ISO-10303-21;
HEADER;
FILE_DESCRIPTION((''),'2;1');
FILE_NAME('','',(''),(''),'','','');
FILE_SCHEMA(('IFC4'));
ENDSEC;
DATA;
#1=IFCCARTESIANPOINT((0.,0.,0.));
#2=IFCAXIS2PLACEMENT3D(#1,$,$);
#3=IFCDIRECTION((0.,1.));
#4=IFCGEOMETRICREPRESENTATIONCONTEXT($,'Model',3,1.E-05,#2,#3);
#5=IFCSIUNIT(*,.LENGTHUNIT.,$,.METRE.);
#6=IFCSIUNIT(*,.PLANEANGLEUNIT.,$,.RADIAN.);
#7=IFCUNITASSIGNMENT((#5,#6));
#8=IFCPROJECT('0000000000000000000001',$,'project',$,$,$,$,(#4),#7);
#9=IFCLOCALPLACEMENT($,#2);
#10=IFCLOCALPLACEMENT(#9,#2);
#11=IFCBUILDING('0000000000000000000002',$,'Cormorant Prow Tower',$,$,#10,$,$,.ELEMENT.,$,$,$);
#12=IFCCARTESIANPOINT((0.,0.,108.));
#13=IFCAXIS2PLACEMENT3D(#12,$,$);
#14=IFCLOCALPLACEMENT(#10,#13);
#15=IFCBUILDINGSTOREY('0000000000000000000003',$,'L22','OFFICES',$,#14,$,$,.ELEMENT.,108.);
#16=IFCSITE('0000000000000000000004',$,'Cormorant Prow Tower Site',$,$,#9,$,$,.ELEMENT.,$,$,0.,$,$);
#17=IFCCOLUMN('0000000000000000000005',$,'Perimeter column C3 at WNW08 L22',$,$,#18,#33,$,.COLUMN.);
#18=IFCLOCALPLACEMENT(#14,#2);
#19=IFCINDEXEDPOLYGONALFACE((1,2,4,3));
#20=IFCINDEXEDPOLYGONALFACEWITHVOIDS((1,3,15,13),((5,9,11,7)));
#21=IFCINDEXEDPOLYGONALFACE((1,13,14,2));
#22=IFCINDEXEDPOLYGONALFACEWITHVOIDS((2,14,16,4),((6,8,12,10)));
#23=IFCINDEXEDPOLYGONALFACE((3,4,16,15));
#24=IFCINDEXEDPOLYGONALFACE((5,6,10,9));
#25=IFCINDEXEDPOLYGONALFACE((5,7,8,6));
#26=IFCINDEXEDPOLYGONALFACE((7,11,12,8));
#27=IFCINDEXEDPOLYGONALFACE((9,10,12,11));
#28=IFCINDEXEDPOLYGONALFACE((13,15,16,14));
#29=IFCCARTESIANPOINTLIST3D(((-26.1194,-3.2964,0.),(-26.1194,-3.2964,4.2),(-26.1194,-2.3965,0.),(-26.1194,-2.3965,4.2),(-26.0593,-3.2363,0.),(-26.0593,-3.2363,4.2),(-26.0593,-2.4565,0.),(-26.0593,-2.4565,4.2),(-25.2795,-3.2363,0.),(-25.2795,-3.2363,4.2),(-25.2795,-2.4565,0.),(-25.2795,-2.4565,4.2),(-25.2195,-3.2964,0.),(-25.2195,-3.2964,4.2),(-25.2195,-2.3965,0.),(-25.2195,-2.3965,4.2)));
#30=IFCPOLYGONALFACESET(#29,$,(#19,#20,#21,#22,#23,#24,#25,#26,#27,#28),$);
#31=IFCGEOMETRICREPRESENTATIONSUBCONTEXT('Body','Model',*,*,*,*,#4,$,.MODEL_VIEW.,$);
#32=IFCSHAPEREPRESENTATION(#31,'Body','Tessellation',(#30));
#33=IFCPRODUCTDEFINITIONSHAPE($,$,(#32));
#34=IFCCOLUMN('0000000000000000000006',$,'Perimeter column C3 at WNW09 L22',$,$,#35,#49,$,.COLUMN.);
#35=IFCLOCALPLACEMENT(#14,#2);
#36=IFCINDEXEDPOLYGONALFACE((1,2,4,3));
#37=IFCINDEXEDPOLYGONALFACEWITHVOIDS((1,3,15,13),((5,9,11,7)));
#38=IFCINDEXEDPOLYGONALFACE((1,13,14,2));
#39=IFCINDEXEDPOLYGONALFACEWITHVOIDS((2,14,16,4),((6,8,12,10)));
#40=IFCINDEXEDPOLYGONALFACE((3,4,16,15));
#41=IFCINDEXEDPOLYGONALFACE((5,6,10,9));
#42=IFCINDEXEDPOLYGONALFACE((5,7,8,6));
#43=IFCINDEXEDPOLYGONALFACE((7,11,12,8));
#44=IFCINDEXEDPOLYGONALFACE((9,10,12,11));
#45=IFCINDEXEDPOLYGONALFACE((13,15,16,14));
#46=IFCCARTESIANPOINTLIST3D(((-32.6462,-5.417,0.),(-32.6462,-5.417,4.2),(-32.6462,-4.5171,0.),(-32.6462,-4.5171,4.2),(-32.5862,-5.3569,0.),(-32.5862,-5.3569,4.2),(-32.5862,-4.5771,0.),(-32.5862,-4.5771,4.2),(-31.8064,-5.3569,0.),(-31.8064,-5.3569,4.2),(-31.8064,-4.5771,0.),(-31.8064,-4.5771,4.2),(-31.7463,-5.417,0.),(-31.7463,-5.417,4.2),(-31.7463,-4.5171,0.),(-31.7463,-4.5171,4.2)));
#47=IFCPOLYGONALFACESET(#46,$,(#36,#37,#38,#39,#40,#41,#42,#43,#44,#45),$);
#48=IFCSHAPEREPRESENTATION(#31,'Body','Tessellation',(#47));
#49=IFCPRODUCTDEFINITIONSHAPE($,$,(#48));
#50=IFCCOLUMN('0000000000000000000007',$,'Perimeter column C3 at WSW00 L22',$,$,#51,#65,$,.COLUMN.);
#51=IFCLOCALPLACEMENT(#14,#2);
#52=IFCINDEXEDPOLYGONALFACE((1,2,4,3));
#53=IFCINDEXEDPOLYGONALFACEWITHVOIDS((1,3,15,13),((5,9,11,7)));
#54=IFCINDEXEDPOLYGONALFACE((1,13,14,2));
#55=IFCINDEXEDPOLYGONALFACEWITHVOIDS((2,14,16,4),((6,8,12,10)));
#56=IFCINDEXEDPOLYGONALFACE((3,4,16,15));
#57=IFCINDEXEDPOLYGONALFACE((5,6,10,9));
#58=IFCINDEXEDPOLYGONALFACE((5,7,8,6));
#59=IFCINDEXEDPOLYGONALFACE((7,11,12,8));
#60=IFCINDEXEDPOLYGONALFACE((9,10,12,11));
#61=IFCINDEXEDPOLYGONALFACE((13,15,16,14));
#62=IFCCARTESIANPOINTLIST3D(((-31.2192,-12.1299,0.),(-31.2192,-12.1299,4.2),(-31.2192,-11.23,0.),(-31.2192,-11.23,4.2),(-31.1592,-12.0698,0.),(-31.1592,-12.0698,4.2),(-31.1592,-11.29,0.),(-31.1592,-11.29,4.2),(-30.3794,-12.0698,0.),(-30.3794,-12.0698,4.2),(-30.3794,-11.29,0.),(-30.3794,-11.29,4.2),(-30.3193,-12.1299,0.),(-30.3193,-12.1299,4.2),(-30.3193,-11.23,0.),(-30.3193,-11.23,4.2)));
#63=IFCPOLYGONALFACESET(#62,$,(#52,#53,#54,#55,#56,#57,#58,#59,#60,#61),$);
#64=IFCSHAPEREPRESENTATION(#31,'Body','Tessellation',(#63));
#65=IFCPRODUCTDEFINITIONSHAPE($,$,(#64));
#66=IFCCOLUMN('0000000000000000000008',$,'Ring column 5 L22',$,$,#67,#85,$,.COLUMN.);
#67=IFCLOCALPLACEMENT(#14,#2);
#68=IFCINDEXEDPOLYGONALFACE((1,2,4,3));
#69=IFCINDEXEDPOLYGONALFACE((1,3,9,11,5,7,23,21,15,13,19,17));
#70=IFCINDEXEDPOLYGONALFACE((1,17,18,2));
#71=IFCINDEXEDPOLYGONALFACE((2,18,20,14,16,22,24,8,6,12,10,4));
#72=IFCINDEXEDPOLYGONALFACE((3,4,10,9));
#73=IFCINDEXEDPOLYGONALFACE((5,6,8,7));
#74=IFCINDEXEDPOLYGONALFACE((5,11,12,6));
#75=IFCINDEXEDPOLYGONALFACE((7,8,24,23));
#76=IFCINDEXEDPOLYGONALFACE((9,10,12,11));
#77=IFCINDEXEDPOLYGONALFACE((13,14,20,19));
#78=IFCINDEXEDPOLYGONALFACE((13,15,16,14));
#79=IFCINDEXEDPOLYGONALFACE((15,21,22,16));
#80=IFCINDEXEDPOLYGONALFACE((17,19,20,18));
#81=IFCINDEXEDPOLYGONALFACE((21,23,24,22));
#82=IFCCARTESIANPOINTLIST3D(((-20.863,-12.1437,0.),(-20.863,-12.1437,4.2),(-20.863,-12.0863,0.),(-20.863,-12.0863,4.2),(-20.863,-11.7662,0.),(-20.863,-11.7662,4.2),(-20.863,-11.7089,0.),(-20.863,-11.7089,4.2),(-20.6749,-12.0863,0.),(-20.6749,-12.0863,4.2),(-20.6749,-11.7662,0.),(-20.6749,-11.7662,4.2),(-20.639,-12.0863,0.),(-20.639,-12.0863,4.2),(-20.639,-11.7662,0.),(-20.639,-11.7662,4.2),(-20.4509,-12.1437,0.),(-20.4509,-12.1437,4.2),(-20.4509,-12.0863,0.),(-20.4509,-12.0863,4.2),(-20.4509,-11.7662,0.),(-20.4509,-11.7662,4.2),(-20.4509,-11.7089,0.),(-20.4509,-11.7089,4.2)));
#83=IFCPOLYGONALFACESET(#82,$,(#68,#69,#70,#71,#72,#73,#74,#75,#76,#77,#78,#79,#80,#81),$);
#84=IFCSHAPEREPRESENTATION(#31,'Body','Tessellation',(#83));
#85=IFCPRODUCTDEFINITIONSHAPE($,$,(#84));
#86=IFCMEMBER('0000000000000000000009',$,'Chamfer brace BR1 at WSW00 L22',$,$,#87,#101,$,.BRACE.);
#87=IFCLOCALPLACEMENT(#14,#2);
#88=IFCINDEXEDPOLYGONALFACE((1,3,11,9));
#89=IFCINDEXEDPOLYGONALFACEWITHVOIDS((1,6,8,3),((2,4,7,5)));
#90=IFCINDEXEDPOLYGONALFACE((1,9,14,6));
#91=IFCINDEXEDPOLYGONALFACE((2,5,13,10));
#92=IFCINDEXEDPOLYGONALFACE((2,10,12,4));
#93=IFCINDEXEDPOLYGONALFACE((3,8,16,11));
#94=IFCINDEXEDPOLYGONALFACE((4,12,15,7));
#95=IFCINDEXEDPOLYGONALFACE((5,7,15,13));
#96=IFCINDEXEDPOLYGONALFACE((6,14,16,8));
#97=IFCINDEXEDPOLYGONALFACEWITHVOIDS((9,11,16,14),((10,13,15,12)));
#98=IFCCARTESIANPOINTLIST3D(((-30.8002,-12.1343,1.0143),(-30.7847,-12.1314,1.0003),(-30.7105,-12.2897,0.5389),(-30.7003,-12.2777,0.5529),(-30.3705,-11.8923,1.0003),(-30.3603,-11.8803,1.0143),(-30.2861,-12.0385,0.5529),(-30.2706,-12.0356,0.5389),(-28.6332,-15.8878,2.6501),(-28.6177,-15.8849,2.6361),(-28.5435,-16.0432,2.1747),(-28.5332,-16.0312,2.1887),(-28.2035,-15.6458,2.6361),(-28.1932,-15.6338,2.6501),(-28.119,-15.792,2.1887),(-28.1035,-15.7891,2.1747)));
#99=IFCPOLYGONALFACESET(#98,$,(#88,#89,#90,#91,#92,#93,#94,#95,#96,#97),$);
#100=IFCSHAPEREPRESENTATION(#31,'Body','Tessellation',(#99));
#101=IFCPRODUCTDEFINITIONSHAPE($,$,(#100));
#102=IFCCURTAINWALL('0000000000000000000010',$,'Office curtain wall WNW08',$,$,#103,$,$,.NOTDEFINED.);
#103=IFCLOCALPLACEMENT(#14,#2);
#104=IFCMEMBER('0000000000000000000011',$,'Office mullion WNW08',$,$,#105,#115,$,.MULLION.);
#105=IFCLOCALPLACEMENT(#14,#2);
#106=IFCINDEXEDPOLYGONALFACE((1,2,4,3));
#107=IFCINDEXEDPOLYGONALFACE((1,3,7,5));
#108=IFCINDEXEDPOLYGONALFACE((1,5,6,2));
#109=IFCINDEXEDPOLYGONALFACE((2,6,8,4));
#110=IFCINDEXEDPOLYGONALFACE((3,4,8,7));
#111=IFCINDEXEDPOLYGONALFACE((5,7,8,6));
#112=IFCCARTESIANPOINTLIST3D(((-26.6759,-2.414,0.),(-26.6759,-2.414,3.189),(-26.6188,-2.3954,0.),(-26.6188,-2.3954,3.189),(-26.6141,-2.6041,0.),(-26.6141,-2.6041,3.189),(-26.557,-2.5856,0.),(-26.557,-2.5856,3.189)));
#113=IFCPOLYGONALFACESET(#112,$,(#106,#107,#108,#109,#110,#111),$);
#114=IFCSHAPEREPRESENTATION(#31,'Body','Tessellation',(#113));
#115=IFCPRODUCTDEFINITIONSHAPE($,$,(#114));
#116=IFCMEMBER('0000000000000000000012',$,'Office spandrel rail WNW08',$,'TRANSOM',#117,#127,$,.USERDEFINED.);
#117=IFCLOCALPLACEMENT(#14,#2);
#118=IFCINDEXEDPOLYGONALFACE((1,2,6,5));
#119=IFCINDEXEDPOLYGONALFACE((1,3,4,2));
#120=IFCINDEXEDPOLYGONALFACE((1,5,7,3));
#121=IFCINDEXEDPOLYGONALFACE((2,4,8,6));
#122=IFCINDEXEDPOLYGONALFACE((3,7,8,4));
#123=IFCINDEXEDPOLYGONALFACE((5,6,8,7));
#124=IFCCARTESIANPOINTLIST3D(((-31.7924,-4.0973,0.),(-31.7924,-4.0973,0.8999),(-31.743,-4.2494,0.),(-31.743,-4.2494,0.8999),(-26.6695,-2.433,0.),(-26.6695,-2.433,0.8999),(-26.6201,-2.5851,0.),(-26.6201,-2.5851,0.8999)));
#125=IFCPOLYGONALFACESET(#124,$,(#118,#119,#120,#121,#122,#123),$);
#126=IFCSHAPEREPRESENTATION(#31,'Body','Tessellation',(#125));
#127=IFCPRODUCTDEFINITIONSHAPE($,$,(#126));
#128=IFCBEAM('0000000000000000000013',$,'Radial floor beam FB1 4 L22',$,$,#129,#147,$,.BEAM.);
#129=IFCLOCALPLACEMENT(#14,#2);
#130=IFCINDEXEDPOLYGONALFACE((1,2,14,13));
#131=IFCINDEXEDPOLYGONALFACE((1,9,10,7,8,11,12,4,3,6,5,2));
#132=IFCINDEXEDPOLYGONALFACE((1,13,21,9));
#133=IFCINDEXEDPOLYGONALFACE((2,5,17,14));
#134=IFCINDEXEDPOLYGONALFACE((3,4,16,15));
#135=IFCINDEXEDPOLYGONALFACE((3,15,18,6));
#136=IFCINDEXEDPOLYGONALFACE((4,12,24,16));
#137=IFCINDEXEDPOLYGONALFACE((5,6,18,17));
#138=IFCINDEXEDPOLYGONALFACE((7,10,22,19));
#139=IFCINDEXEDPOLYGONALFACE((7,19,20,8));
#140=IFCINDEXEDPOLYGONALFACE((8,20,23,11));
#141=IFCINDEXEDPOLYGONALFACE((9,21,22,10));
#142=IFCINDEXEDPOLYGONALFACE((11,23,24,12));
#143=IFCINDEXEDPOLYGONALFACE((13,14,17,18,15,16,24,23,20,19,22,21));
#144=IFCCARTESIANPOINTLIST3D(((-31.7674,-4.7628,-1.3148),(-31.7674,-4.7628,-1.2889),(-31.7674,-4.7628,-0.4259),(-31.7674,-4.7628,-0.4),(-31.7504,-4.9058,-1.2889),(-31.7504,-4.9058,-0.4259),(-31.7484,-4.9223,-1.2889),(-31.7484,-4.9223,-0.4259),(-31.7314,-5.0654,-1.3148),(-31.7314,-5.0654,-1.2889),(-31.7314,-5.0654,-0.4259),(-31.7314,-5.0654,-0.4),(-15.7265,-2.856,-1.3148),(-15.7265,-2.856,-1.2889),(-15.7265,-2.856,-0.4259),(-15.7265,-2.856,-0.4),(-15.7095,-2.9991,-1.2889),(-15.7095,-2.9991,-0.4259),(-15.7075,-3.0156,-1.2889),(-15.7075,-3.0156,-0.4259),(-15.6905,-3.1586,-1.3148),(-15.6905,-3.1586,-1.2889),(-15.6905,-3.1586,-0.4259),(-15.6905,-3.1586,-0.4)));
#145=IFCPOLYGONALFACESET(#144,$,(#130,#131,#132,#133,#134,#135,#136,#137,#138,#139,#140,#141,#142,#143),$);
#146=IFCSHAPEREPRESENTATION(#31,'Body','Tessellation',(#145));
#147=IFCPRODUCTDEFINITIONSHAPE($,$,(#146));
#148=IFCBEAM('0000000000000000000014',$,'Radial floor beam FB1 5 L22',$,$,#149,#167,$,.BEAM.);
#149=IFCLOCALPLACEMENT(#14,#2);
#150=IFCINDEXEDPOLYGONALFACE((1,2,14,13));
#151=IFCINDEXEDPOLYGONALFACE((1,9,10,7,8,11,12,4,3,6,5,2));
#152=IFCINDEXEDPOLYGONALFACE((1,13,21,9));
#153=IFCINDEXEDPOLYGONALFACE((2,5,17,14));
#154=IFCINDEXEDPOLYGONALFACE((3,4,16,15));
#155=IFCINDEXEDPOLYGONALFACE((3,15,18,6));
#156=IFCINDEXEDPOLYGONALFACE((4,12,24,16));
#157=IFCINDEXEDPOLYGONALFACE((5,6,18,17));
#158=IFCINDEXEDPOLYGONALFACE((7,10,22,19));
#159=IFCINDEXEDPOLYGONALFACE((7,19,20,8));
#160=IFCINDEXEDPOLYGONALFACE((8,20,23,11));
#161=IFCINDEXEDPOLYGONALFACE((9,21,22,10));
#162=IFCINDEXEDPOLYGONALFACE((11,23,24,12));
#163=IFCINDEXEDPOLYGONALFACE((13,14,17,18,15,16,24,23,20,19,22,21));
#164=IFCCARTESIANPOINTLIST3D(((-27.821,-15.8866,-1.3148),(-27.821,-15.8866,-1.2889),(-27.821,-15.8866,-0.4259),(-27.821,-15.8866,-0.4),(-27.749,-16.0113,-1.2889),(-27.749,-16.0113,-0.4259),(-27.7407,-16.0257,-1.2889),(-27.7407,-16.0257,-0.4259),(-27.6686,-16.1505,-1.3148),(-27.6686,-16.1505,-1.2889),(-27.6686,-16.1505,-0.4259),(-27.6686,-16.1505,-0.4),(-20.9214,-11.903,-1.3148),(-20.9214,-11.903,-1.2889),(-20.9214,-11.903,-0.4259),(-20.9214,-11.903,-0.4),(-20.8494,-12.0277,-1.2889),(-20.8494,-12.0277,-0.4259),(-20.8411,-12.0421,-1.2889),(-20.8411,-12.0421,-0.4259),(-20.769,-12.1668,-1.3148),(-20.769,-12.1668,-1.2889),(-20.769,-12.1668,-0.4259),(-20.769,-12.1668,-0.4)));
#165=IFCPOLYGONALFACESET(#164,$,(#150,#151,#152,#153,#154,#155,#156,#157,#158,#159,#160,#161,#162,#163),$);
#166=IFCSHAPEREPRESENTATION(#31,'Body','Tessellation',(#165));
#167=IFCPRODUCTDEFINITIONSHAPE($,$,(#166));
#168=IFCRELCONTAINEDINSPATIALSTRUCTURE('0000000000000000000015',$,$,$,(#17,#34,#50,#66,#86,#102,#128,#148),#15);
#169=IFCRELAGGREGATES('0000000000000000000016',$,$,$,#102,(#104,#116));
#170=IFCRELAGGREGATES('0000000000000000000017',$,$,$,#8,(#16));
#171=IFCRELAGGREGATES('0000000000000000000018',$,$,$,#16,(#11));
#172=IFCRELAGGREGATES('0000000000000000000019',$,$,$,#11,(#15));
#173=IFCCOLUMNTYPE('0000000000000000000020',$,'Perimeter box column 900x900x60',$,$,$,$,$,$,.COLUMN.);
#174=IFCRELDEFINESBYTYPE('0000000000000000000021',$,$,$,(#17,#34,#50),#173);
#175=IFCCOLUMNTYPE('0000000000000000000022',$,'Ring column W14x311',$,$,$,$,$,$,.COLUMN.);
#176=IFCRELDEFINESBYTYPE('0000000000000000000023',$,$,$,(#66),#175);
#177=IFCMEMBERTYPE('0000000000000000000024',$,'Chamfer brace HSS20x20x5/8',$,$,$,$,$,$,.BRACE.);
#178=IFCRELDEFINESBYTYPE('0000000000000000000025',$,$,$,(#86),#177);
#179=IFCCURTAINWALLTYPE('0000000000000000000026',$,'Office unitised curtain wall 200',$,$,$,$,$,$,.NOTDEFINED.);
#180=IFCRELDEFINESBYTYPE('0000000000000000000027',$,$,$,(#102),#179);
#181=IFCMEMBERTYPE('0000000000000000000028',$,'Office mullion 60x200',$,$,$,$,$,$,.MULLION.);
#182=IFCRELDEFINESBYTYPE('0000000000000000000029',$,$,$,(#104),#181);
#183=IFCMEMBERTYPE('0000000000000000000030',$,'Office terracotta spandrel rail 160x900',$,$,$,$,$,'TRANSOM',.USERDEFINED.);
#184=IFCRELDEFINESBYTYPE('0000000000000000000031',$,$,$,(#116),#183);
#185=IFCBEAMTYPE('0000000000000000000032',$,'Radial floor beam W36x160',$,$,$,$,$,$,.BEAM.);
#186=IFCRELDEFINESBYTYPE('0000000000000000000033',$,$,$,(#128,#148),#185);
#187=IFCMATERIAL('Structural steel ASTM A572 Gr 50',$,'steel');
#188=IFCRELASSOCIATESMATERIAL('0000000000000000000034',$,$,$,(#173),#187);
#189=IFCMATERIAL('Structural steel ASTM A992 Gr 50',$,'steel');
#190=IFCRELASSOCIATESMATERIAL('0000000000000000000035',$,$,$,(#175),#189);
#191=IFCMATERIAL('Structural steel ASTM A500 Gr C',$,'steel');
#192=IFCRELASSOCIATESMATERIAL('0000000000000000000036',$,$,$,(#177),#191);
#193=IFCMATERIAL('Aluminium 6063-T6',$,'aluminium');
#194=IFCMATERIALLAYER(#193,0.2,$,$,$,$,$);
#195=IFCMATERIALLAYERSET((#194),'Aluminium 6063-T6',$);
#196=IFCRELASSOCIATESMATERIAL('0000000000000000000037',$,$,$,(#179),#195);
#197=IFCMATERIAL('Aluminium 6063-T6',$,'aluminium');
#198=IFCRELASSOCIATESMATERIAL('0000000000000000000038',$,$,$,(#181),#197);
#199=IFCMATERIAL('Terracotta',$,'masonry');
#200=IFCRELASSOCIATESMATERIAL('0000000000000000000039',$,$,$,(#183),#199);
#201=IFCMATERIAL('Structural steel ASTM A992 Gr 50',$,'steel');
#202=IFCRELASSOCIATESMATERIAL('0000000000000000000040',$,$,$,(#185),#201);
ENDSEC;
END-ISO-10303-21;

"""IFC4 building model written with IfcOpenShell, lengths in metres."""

from ifc_helpers import new_model, si_unit, direction, frame, origin, origin_2d, place, context, subcontext, project, spatial, rectangle, hollow_rectangle, i_section, extrude, material, layer, layer_set, material_profile, profile_set, type_object, element, aggregate, save


model = new_model("IFC4")

# Units and contexts
model_context = context("Model", 3, precision=1e-05, world=origin(), true_north=direction((0.0, 1.0)))
body_context = subcontext(model_context, "Body", "Model", "MODEL_VIEW")
ifc_project = project(units=[si_unit("LENGTHUNIT", "METRE"), si_unit("PLANEANGLEUNIT", "RADIAN")], contexts=[model_context])

# Site, building, storey
site_placement = place(None, origin())
site = spatial("IfcSite", under=ifc_project, at=site_placement, Name="Cormorant Prow Tower Site", CompositionType="ELEMENT", RefElevation=0.0)
building_placement = place(site_placement, origin())
building = spatial("IfcBuilding", under=site, at=building_placement, Name="Cormorant Prow Tower", CompositionType="ELEMENT")
storey_placement = place(building_placement, frame((0.0, 0.0, 108.0)))
storey = spatial("IfcBuildingStorey", under=building, at=storey_placement, Name="L22", Description="OFFICES", CompositionType="ELEMENT", Elevation=108.0)

# Columns
ifc_material_1 = material(Name="Structural steel ASTM A572 Gr 50", Category="steel")
ifc_material_profile_1 = material_profile(ifc_material_1, hollow_rectangle(XDim=0.8999, YDim=0.8999, WallThickness=0.0601, at=origin_2d()), Name="Box 900x900x60")
ifc_profile_set_1 = profile_set([ifc_material_profile_1], Name="Structural steel ASTM A572 Gr 50")
column_type_1 = type_object("IfcColumnType", Name="Perimeter box column 900x900x60", PredefinedType="COLUMN", material=ifc_profile_set_1)
for number, where, z_axis, x_axis, name in (
    (1, (-25.6694, -2.8464, 0.0), (0.0, 0.0, 1.0), (1.0, 0.0, 0.0), "Perimeter column C3 at WNW08 L22"),
    (2, (-32.1963, -4.967, 0.0), (0.0, 0.0, 1.0), (1.0, 0.0, 0.0), "Perimeter column C3 at WNW09 L22"),
    (3, (-30.7693, -11.6799, 0.0), (0.0, 0.0, 1.0), (1.0, 0.0, 0.0), "Perimeter column C3 at WSW00 L22"),
):
    element("IfcColumn", number, at=place(storey_placement, frame(where, z_axis=z_axis, x_axis=x_axis)), inside=storey, type_object=column_type_1, Name=name, PredefinedType="COLUMN", context=body_context, shape_type="SweptSolid", body=[
        extrude(hollow_rectangle(XDim=0.8999, YDim=0.8999, WallThickness=0.0601, at=origin_2d()), origin(), (0.0, 0.0, 1.0), 4.2),
    ])
ifc_material_2 = material(Name="Structural steel ASTM A992 Gr 50", Category="steel")
ifc_material_profile_2 = material_profile(ifc_material_2, i_section(OverallWidth=0.4121, OverallDepth=0.4348, WebThickness=0.0359, FlangeThickness=0.0574, at=origin_2d()), Name="W14x311")
ifc_profile_set_2 = profile_set([ifc_material_profile_2], Name="Structural steel ASTM A992 Gr 50")
column_type_2 = type_object("IfcColumnType", Name="Ring column W14x311", PredefinedType="COLUMN", material=ifc_profile_set_2)
column_placement = place(storey_placement, frame((-20.657, -11.9263, 0.0), z_axis=(0.0, 0.0, 1.0), x_axis=(1.0, 0.0, 0.0)))
element("IfcColumn", 4, at=column_placement, inside=storey, type_object=column_type_2, Name="Ring column 5 L22", PredefinedType="COLUMN", context=body_context, shape_type="SweptSolid", body=[
    extrude(i_section(OverallWidth=0.4121, OverallDepth=0.4348, WebThickness=0.0359, FlangeThickness=0.0574, at=origin_2d()), origin(), (0.0, 0.0, 1.0), 4.2),
])

# Member
ifc_material_3 = material(Name="Structural steel ASTM A500 Gr C", Category="steel")
ifc_material_profile_3 = material_profile(ifc_material_3, hollow_rectangle(XDim=0.5081, YDim=0.5081, WallThickness=0.0149, at=origin_2d()), Name="HSS20x20x5/8")
ifc_profile_set_3 = profile_set([ifc_material_profile_3], Name="Structural steel ASTM A500 Gr C")
member_type_1 = type_object("IfcMemberType", Name="Chamfer brace HSS20x20x5/8", PredefinedType="BRACE", material=ifc_profile_set_3)
member_1_placement = place(storey_placement, frame((-30.5354, -12.085, 0.7766), z_axis=(0.467785, -0.810244, 0.353105), x_axis=(0.86603, 0.499992, 0.0)))
element("IfcMember", 5, at=member_1_placement, inside=storey, type_object=member_type_1, Name="Chamfer brace BR1 at WSW00 L22", PredefinedType="BRACE", context=body_context, shape_type="SweptSolid", body=[
    extrude(hollow_rectangle(XDim=0.5081, YDim=0.5081, WallThickness=0.0149, at=origin_2d()), origin(), (0.0, 0.0, 1.0), 4.6326),
])

# Curtain wall, members
ifc_material_4 = material(Name="Aluminium 6063-T6", Category="aluminium")
ifc_layer_1 = layer(ifc_material_4, 0.2)
ifc_layer_set_1 = layer_set([ifc_layer_1], Name="Aluminium 6063-T6")
curtain_wall_type = type_object("IfcCurtainWallType", Name="Office unitised curtain wall 200", PredefinedType="NOTDEFINED", material=ifc_layer_set_1)
curtain_wall_placement = place(storey_placement, origin())
curtain_wall = element("IfcCurtainWall", 6, at=curtain_wall_placement, inside=storey, type_object=curtain_wall_type, Name="Office curtain wall WNW08", PredefinedType="NOTDEFINED")
ifc_material_5 = material(Name="Aluminium 6063-T6", Category="aluminium")
ifc_material_profile_4 = material_profile(ifc_material_5, rectangle(XDim=0.2, YDim=0.0601, at=origin_2d()), Name="Office mullion 60x200")
ifc_profile_set_4 = profile_set([ifc_material_profile_4], Name="Aluminium 6063-T6")
member_type_2 = type_object("IfcMemberType", Name="Office mullion 60x200", PredefinedType="MULLION", material=ifc_profile_set_4)
member_2_placement = place(storey_placement, frame((-26.6165, -2.4998, 0.0), z_axis=(0.0, 0.0, 1.0), x_axis=(0.309017, -0.951057, 0.0)))
member_2 = element("IfcMember", 7, at=member_2_placement, type_object=member_type_2, Name="Office mullion WNW08", PredefinedType="MULLION", context=body_context, shape_type="SweptSolid", body=[
    extrude(rectangle(XDim=0.2, YDim=0.0601, at=origin_2d()), origin(), (0.0, 0.0, 1.0), 3.189),
])
ifc_material_6 = material(Name="Terracotta", Category="masonry")
ifc_material_profile_5 = material_profile(ifc_material_6, rectangle(XDim=0.1599, YDim=0.8999, at=origin_2d()), Name="Office terracotta spandrel rail 160x900")
ifc_profile_set_5 = profile_set([ifc_material_profile_5], Name="Terracotta")
member_type_3 = type_object("IfcMemberType", Name="Office terracotta spandrel rail 160x900", ElementType="TRANSOM", PredefinedType="USERDEFINED", material=ifc_profile_set_5)
member_3_placement = place(storey_placement, frame((-26.6448, -2.509, 0.45), z_axis=(-0.951067, -0.308985, 0.0), x_axis=(0.308985, -0.951067, 0.0)))
member_3 = element("IfcMember", 8, at=member_3_placement, type_object=member_type_3, Name="Office spandrel rail WNW08", ObjectType="TRANSOM", PredefinedType="USERDEFINED", context=body_context, shape_type="SweptSolid", body=[
    extrude(rectangle(XDim=0.1599, YDim=0.8999, at=origin_2d()), origin(), (0.0, 0.0, 1.0), 5.3865),
])

# Beams
ifc_material_7 = material(Name="Structural steel ASTM A992 Gr 50", Category="steel")
ifc_material_profile_6 = material_profile(ifc_material_7, i_section(OverallWidth=0.3047, OverallDepth=0.9148, WebThickness=0.0166, FlangeThickness=0.0259, at=origin_2d()), Name="W36x160")
ifc_profile_set_6 = profile_set([ifc_material_profile_6], Name="Structural steel ASTM A992 Gr 50")
beam_type_1 = type_object("IfcBeamType", Name="Radial floor beam W36x160", PredefinedType="BEAM", material=ifc_profile_set_6)
beam_1_placement = place(storey_placement, frame((-15.7085, -3.0073, -0.8574), z_axis=(-0.993009, -0.118037, 0.0), x_axis=(0.118037, -0.993009, 0.0)))
element("IfcBeam", 9, at=beam_1_placement, inside=storey, type_object=beam_type_1, Name="Radial floor beam FB1 4 L22", PredefinedType="BEAM", context=body_context, shape_type="SweptSolid", body=[
    extrude(i_section(OverallWidth=0.3047, OverallDepth=0.9148, WebThickness=0.0166, FlangeThickness=0.0259, at=origin_2d()), origin(), (0.0, 0.0, 1.0), 16.1538),
])
beam_2_placement = place(storey_placement, frame((-20.8452, -12.0349, -0.8574), z_axis=(-0.866019, -0.500012, 0.0), x_axis=(0.500012, -0.866019, 0.0)))
element("IfcBeam", 10, at=beam_2_placement, inside=storey, type_object=beam_type_1, Name="Radial floor beam FB1 5 L22", PredefinedType="BEAM", context=body_context, shape_type="SweptSolid", body=[
    extrude(i_section(OverallWidth=0.3047, OverallDepth=0.9148, WebThickness=0.0166, FlangeThickness=0.0259, at=origin_2d()), origin(), (0.0, 0.0, 1.0), 7.967),
])

aggregate(curtain_wall, [member_2, member_3])

save(model, "model.ifc")
